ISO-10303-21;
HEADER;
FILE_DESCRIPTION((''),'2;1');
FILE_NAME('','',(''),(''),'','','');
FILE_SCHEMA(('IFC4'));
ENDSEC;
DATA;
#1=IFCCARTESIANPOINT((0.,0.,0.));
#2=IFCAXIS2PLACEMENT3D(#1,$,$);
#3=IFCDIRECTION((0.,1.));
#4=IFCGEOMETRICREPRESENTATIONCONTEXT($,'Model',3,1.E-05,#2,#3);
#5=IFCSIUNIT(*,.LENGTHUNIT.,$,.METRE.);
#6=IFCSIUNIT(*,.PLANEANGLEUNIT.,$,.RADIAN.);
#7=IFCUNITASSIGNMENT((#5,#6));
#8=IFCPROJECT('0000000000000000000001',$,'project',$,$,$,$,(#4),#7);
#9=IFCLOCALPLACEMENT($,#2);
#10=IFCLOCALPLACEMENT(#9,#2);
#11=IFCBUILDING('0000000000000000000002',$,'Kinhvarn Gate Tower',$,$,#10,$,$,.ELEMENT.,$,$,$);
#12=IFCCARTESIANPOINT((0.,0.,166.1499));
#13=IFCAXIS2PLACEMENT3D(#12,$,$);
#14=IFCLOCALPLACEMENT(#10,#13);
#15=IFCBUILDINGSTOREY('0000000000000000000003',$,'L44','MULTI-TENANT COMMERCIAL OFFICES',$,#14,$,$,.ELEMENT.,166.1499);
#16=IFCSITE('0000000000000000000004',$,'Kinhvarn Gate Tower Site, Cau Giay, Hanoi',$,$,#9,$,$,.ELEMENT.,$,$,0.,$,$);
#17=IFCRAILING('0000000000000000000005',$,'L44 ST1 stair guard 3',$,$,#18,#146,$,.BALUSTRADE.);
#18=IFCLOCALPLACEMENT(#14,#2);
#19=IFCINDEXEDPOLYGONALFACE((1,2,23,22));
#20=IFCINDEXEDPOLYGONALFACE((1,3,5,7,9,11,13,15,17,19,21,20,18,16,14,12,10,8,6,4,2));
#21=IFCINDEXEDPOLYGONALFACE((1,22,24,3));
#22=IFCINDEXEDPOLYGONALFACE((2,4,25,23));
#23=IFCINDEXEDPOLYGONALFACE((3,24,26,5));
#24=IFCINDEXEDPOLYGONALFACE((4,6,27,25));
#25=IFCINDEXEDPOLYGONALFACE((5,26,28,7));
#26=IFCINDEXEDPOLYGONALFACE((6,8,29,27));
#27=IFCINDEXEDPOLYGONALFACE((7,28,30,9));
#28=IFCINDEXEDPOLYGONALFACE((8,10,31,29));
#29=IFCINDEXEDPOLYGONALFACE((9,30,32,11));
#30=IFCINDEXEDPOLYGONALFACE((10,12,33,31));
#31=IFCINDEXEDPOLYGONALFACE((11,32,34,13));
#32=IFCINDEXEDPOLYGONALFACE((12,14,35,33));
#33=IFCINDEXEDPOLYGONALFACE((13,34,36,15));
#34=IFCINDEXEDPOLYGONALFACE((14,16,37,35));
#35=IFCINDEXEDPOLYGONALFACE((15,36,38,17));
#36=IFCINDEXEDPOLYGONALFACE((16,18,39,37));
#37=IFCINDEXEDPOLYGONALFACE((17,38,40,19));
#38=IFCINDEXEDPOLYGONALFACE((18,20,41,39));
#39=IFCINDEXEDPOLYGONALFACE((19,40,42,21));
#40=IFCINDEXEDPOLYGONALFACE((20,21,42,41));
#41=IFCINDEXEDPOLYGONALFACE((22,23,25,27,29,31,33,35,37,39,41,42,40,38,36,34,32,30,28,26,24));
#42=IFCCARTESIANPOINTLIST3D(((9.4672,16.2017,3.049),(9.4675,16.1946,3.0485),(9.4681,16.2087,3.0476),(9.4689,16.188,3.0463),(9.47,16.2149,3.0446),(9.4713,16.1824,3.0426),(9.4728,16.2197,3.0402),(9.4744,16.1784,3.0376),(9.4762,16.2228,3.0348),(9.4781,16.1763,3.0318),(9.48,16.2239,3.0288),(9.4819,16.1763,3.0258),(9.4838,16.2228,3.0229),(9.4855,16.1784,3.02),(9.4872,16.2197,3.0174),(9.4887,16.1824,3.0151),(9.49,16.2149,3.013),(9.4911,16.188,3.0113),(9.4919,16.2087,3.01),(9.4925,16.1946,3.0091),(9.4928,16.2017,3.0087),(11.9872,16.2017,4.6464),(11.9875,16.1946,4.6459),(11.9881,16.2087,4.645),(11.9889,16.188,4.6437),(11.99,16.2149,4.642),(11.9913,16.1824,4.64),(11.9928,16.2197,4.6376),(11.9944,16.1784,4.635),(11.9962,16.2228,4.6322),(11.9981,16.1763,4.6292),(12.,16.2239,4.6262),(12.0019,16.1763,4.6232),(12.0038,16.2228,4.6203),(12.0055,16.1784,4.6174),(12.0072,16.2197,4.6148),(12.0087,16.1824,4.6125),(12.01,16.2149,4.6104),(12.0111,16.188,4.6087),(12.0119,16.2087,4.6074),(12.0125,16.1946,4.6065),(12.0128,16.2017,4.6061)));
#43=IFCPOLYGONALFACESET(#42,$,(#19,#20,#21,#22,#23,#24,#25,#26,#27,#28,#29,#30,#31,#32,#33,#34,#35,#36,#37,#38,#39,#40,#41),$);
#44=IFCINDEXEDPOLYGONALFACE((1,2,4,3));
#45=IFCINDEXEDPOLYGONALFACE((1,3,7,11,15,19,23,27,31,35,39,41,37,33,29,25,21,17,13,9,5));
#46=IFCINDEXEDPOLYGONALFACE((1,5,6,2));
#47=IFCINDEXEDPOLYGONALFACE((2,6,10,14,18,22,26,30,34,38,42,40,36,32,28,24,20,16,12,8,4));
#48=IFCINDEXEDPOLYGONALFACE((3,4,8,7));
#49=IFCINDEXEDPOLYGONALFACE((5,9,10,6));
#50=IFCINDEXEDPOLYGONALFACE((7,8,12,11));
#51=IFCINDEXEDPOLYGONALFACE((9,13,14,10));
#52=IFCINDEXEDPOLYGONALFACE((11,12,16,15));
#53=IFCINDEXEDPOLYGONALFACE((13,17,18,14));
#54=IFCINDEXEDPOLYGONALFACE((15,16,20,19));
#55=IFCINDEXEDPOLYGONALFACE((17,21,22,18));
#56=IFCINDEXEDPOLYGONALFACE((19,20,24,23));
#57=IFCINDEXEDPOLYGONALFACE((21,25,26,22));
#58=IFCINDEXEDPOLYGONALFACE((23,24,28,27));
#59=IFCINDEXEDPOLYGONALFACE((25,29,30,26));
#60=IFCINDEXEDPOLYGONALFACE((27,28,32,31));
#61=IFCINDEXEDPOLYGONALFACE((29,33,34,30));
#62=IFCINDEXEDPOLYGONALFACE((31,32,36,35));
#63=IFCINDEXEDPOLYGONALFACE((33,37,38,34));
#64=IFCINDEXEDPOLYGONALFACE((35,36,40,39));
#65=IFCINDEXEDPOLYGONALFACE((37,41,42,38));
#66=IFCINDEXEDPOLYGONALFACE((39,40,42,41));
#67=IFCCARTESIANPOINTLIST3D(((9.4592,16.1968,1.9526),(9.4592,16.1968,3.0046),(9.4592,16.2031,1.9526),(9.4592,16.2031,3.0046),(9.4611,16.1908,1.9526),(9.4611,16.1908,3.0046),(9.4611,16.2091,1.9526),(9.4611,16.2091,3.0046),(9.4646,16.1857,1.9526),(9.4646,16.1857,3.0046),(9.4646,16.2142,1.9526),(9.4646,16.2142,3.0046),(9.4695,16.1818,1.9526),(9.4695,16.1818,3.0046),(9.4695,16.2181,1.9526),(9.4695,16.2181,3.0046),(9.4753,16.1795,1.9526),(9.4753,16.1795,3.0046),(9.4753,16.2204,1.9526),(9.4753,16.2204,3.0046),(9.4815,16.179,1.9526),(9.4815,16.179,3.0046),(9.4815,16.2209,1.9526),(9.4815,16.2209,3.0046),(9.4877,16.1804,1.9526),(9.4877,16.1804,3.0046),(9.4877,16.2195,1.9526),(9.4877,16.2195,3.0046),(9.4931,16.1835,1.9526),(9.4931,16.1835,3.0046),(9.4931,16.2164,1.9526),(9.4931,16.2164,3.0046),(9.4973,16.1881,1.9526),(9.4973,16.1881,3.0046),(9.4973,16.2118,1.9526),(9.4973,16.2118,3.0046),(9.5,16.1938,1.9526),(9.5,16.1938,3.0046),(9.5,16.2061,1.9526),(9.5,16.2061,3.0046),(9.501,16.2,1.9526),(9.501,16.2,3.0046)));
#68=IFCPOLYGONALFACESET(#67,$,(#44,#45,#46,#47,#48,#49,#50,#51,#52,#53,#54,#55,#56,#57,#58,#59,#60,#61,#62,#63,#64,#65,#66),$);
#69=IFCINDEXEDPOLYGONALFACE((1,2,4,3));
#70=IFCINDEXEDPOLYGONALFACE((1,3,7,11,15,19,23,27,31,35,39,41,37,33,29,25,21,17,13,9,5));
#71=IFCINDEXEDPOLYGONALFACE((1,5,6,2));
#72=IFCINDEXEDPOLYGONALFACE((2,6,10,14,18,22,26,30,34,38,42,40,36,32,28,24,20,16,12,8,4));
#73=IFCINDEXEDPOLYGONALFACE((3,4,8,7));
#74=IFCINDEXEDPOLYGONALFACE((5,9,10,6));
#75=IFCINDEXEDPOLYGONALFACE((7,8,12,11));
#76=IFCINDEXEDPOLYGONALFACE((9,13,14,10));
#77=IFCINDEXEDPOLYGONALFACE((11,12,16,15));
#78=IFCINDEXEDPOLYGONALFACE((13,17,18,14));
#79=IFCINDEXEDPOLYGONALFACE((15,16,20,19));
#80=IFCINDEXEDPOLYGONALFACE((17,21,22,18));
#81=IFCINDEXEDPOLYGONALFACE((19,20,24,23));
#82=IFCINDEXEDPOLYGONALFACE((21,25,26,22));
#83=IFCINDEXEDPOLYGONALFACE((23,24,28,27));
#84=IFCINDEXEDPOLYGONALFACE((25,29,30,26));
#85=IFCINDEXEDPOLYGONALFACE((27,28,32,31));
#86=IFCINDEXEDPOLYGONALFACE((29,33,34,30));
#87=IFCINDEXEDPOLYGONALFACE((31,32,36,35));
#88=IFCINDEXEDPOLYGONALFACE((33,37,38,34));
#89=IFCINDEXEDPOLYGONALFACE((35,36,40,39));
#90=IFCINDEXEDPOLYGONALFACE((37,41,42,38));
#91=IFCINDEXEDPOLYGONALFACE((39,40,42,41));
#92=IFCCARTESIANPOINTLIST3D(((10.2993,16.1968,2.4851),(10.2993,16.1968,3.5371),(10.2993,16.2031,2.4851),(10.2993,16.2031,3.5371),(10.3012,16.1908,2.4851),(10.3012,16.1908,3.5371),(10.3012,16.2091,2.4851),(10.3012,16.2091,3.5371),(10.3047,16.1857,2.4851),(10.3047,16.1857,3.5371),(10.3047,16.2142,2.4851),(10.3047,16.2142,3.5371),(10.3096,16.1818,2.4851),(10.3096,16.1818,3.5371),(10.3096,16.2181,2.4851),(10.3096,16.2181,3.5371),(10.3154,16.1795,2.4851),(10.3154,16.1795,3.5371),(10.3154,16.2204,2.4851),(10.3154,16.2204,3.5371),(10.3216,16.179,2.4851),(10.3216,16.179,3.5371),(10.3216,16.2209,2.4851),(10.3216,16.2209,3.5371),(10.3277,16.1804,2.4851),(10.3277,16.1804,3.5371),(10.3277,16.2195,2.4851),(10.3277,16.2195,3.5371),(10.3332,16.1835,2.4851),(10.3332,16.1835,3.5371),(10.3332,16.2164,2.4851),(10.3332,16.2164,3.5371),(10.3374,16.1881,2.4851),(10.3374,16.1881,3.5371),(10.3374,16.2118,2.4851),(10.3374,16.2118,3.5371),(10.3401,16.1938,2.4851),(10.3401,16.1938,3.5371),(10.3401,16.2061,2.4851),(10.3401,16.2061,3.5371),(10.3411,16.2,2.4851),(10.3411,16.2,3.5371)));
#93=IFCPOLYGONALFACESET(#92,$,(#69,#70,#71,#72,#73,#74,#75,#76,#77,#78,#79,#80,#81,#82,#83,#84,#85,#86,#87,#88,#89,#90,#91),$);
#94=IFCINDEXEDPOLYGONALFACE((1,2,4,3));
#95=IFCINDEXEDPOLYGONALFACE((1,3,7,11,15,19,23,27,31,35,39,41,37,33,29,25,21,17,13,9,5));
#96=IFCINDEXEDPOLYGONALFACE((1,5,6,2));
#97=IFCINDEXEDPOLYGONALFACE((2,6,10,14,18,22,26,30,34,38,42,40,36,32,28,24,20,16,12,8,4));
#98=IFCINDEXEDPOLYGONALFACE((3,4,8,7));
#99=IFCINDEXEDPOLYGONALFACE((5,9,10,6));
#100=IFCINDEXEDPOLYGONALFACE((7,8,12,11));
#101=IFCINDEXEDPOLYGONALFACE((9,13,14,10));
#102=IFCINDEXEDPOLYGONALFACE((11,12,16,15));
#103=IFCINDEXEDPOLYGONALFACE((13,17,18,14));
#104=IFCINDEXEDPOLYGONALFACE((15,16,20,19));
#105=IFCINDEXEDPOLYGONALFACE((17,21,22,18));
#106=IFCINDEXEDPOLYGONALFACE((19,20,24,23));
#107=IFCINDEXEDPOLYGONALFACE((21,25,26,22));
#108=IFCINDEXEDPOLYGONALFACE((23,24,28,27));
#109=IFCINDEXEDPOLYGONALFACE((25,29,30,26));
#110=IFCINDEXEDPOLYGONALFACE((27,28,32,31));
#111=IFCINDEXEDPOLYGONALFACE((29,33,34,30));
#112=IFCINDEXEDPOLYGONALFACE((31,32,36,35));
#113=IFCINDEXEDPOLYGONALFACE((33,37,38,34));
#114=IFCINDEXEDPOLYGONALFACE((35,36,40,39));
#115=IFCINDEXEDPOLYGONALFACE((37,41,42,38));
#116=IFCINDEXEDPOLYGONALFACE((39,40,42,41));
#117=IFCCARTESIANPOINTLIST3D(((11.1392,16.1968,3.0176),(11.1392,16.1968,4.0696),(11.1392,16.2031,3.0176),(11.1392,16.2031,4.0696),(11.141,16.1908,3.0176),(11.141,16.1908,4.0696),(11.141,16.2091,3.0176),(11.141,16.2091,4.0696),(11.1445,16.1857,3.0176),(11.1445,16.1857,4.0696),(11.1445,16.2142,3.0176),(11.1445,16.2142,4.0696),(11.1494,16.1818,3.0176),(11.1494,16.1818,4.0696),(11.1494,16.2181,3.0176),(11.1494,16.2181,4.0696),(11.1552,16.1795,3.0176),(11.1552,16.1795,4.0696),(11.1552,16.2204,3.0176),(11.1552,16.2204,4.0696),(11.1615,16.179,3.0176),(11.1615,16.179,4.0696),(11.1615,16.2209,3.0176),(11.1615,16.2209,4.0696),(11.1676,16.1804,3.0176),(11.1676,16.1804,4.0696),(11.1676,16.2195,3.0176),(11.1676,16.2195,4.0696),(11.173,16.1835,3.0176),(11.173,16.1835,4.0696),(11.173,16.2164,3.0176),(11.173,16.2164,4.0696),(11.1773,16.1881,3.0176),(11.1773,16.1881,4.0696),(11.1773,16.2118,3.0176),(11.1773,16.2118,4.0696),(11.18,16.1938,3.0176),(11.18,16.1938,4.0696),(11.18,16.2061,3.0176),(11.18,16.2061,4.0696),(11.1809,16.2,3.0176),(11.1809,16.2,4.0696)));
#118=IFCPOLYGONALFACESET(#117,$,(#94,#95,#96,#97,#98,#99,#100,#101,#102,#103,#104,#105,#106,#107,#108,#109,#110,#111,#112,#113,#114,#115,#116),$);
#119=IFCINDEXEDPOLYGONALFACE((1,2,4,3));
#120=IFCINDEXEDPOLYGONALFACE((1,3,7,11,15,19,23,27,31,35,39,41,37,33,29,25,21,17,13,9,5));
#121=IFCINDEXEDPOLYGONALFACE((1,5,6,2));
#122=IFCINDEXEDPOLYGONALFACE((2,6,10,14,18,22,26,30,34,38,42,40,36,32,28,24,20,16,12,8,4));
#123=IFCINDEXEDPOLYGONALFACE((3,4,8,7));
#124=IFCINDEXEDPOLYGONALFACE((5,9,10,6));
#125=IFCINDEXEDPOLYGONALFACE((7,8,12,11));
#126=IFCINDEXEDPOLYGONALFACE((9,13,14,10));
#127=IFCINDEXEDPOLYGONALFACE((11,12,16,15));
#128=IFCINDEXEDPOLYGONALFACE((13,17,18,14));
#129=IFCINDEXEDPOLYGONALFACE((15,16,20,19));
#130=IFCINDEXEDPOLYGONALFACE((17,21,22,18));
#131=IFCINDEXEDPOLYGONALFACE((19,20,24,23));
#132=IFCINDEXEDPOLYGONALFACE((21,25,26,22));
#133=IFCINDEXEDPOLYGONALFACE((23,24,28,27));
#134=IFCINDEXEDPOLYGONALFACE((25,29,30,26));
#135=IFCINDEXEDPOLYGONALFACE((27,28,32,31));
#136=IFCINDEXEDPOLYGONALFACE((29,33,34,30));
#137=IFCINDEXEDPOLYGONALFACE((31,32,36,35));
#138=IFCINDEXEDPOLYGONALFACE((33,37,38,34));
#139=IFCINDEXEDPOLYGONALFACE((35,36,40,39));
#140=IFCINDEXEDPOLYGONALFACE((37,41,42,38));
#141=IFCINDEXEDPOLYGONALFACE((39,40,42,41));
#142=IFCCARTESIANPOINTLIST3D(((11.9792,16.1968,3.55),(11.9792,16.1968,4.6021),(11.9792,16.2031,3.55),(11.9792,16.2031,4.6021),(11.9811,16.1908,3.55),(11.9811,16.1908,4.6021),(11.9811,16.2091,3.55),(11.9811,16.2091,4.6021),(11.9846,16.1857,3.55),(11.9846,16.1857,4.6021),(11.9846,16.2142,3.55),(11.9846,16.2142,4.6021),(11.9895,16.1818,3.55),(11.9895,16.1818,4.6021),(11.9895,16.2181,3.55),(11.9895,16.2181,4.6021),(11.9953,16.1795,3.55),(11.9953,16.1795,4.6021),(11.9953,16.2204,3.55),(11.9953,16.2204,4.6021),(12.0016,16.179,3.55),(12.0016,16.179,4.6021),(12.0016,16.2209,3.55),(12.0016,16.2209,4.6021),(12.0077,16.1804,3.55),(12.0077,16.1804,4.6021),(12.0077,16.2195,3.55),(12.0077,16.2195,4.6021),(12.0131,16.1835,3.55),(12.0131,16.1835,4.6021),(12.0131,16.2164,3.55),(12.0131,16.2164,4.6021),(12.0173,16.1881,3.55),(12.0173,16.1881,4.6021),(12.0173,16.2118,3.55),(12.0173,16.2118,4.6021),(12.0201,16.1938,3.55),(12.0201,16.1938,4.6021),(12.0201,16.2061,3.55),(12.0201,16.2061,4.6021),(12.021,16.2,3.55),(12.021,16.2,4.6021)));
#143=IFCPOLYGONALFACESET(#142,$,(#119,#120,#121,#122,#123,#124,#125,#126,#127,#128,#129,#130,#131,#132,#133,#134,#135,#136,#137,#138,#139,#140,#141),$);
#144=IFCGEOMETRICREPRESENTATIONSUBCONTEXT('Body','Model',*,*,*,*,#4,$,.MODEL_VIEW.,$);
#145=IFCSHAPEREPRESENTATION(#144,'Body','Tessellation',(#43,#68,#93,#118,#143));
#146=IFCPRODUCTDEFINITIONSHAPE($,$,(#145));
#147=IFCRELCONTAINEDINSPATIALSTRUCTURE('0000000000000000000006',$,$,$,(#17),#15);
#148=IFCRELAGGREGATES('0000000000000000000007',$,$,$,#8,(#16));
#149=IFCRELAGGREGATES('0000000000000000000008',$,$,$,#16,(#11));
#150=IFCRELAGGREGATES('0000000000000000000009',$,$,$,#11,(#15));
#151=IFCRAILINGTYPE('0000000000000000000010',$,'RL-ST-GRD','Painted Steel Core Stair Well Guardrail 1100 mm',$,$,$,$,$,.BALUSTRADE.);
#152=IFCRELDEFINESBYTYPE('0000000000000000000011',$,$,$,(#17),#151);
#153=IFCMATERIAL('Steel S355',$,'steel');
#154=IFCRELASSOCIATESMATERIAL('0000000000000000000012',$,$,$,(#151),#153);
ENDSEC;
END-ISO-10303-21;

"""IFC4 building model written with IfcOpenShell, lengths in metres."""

from ifc_helpers import new_model, si_unit, direction, frame, origin, origin_2d, place, context, subcontext, project, spatial, circle, extrude, material, type_object, element, save


model = new_model("IFC4")

# Units and contexts
model_context = context("Model", 3, precision=1e-05, world=origin(), true_north=direction((0.0, 1.0)))
body_context = subcontext(model_context, "Body", "Model", "MODEL_VIEW")
ifc_project = project(units=[si_unit("LENGTHUNIT", "METRE"), si_unit("PLANEANGLEUNIT", "RADIAN")], contexts=[model_context])

# Site, building, storey
site_placement = place(None, origin())
site = spatial("IfcSite", under=ifc_project, at=site_placement, Name="Kinhvarn Gate Tower Site, Cau Giay, Hanoi", CompositionType="ELEMENT", RefElevation=0.0)
building_placement = place(site_placement, origin())
building = spatial("IfcBuilding", under=site, at=building_placement, Name="Kinhvarn Gate Tower", CompositionType="ELEMENT")
storey_placement = place(building_placement, frame((0.0, 0.0, 166.1499)))
storey = spatial("IfcBuildingStorey", under=building, at=storey_placement, Name="L44", Description="MULTI-TENANT COMMERCIAL OFFICES", CompositionType="ELEMENT", Elevation=166.1499)

# Shared definitions
ifc_material_1 = material(Name="Steel S355", Category="steel")

# Railing
railing_type_1 = type_object("IfcRailingType", Name="RL-ST-GRD", Description="Painted Steel Core Stair Well Guardrail 1100 mm", PredefinedType="BALUSTRADE", material=ifc_material_1)
railing_1_placement = place(storey_placement, frame((9.48, 16.2, 1.9526)))
element("IfcRailing", 1, at=railing_1_placement, inside=storey, type_object=railing_type_1, Name="L44 ST1 stair guard 3", PredefinedType="BALUSTRADE", context=body_context, shape_type="SweptSolid", body=[
    extrude(circle(Radius=0.0239, at=origin_2d()), frame((0.0, 0.0, 1.0762), z_axis=(0.844607, 0.0, 0.535387), x_axis=(0.0, 1.0, 0.0)), (0.0, 0.0, 1.0), 2.9836),
    extrude(circle(Radius=0.021, at=origin_2d()), origin(), (0.0, 0.0, 1.0), 1.052),
    extrude(circle(Radius=0.021, at=origin_2d()), frame((0.8401, 0.0, 0.5325)), (0.0, 0.0, 1.0), 1.052),
    extrude(circle(Radius=0.021, at=origin_2d()), frame((1.6799, 0.0, 1.0649)), (0.0, 0.0, 1.0), 1.052),
    extrude(circle(Radius=0.021, at=origin_2d()), frame((2.52, 0.0, 1.5974)), (0.0, 0.0, 1.0), 1.052),
])

save(model, "model.ifc")
